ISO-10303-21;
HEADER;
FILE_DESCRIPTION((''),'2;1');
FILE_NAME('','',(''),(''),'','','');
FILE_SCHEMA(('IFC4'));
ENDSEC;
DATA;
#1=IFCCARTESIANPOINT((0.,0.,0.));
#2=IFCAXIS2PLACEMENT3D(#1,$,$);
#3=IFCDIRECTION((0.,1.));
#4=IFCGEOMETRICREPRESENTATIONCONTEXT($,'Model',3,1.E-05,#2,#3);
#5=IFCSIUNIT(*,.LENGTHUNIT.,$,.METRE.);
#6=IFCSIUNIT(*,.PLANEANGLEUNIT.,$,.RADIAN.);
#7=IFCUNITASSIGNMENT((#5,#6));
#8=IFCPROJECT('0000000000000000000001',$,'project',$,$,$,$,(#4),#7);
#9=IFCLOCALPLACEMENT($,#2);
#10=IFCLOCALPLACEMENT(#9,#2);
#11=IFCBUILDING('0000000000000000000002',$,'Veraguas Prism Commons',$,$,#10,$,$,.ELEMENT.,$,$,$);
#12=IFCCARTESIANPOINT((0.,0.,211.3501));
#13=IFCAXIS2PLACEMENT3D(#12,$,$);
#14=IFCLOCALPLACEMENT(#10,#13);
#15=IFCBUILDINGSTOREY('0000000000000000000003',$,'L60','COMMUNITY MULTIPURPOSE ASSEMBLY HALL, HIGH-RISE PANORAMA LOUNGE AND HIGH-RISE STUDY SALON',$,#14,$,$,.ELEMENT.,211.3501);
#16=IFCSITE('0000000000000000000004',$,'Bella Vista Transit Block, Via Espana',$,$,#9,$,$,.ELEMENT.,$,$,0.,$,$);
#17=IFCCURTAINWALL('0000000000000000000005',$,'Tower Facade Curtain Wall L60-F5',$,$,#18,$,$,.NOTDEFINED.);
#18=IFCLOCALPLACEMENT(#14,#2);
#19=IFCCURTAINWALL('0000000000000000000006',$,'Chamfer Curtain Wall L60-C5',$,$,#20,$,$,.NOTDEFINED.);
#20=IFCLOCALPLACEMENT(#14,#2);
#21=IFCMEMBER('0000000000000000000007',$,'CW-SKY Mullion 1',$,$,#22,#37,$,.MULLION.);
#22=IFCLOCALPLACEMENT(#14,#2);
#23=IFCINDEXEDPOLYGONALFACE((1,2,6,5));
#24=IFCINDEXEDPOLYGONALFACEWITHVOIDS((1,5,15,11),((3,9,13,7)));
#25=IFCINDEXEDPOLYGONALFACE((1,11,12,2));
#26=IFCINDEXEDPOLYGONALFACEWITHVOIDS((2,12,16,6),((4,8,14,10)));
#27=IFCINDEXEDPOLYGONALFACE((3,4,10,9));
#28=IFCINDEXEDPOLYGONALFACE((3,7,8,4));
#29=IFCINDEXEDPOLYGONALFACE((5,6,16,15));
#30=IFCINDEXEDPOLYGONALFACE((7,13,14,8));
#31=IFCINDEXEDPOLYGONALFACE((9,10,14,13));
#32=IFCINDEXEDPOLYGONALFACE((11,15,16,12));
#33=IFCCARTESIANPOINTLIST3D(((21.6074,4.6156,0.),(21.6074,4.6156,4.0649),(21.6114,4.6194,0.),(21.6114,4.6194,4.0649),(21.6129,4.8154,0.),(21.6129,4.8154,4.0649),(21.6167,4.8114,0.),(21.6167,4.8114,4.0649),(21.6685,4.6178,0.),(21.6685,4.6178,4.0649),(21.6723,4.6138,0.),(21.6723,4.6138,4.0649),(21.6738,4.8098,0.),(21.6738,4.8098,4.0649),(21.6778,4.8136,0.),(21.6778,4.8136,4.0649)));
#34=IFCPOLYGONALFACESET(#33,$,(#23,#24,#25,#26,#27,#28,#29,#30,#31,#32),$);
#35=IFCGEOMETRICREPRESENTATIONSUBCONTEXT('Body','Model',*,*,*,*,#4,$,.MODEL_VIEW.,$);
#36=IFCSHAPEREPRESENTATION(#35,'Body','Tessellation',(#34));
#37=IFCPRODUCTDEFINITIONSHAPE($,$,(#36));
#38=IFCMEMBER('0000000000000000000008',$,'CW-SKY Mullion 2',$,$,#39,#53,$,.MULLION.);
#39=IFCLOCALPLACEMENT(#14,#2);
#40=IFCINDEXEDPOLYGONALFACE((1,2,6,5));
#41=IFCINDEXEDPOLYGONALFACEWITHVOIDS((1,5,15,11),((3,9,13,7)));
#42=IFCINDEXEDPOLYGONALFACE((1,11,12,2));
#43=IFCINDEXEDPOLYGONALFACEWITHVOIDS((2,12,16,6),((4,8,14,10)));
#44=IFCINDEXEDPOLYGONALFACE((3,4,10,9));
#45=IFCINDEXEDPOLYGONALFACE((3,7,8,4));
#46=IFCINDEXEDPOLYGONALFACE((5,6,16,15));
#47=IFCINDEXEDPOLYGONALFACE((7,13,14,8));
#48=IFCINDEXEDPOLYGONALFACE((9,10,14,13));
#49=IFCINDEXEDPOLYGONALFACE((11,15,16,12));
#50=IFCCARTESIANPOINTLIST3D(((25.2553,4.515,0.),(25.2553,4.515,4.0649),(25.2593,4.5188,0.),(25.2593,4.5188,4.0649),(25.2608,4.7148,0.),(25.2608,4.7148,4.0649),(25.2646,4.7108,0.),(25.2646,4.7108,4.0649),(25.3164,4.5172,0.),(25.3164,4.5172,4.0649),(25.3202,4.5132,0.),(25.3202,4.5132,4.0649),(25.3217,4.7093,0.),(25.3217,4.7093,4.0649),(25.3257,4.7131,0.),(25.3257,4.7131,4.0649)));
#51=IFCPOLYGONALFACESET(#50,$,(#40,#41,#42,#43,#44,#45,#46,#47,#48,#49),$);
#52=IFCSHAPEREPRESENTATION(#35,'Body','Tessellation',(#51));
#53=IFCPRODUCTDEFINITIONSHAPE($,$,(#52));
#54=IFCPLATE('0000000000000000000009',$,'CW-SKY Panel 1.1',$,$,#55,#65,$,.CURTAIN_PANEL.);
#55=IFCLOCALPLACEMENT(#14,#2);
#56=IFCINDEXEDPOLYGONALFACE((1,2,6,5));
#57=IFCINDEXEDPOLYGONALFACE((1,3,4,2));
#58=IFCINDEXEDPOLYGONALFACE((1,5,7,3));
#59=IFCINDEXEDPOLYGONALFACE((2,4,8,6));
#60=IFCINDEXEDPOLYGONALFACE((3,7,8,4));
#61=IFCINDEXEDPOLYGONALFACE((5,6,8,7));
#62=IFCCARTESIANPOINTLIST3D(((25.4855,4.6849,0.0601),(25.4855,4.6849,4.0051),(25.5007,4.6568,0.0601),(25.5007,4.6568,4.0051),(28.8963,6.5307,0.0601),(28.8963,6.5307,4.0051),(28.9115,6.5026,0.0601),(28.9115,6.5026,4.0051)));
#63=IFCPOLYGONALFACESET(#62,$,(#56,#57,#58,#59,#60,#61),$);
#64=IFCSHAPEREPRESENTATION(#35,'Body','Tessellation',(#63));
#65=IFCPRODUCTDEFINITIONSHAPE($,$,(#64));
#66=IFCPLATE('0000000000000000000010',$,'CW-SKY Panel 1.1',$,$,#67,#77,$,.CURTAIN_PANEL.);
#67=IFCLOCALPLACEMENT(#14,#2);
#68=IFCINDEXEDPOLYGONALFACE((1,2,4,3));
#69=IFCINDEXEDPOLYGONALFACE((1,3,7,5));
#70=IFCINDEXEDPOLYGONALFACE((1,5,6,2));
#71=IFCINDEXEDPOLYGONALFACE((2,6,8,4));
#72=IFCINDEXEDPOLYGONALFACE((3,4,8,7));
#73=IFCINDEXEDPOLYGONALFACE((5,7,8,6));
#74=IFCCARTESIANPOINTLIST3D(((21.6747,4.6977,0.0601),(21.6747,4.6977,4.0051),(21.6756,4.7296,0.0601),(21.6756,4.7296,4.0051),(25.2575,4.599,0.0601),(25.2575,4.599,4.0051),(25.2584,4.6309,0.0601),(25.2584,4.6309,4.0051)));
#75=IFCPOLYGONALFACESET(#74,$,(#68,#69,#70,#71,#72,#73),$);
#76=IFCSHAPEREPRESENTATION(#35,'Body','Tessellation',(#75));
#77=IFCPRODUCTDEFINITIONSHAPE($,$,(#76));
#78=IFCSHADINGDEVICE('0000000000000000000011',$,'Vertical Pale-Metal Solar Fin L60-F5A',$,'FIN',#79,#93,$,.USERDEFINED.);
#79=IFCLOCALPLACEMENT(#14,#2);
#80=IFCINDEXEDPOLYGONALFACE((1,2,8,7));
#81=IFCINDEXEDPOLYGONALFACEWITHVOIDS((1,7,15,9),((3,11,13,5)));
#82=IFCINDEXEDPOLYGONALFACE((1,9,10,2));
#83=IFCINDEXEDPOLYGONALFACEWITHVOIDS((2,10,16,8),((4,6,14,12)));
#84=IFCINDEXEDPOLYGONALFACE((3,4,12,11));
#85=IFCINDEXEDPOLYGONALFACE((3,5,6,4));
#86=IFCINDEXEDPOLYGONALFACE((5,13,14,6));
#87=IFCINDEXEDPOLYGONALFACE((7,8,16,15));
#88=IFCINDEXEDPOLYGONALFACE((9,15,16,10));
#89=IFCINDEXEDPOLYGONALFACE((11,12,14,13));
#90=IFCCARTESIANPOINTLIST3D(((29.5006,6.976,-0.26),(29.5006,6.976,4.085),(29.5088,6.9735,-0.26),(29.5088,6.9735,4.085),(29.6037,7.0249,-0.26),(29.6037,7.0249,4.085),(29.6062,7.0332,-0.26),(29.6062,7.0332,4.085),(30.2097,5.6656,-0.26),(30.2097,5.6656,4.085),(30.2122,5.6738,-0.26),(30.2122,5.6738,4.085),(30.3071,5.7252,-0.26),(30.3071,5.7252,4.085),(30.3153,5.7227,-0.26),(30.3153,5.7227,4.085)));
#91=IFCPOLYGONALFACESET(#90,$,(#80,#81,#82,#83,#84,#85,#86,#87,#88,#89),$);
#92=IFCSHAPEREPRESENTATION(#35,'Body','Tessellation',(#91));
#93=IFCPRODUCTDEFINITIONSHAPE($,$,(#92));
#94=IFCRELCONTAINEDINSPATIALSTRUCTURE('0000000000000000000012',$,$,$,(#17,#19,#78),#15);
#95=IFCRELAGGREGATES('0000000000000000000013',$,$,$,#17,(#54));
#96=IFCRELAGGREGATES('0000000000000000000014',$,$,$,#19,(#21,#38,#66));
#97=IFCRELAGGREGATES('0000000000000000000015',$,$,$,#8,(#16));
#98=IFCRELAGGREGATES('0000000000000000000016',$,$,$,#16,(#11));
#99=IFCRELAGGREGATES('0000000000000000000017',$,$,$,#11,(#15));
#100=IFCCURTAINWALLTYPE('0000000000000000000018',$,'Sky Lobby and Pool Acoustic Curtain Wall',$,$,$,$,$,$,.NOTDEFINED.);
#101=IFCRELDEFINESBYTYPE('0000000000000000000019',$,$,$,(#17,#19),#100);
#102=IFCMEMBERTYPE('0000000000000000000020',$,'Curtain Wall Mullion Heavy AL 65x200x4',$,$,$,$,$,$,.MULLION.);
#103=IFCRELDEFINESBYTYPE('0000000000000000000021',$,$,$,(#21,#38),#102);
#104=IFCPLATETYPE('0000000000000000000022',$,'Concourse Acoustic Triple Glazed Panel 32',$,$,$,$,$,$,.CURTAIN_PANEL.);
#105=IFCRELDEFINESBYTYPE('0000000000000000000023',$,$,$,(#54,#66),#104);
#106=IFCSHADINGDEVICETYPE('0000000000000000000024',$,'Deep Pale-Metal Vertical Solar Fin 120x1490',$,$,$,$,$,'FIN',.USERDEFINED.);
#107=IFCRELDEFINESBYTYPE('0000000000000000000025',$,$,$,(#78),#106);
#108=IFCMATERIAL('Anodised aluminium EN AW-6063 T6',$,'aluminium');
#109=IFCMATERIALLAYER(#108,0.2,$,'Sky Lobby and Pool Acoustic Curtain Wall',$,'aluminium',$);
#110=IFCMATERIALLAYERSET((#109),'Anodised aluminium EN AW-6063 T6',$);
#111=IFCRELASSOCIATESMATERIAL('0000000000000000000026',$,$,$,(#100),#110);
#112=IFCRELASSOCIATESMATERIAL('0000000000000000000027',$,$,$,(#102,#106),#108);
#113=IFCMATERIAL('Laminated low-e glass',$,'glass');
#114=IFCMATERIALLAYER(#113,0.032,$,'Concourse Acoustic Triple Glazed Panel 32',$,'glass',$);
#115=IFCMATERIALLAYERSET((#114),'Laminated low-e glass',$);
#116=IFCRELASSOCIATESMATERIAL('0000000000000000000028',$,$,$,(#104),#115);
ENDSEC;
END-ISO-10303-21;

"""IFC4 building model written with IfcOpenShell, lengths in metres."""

from ifc_helpers import new_model, si_unit, direction, frame, origin, origin_2d, place, context, subcontext, project, spatial, rectangle, hollow_rectangle, extrude, source, transform, mapped, material, layer, layer_set, material_profile, profile_set, type_object, element, aggregate, save


model = new_model("IFC4")

# Units and contexts
model_context = context("Model", 3, precision=1e-05, world=origin(), true_north=direction((0.0, 1.0)))
body_context = subcontext(model_context, "Body", "Model", "MODEL_VIEW")
ifc_project = project(units=[si_unit("LENGTHUNIT", "METRE"), si_unit("PLANEANGLEUNIT", "RADIAN")], contexts=[model_context])

# Site, building, storey
site_placement = place(None, origin())
site = spatial("IfcSite", under=ifc_project, at=site_placement, Name="Bella Vista Transit Block, Via Espana", CompositionType="ELEMENT", RefElevation=0.0)
building_placement = place(site_placement, origin())
building = spatial("IfcBuilding", under=site, at=building_placement, Name="Veraguas Prism Commons", CompositionType="ELEMENT")
storey_placement = place(building_placement, frame((0.0, 0.0, 211.3501)))
storey = spatial("IfcBuildingStorey", under=building, at=storey_placement, Name="L60", Description="COMMUNITY MULTIPURPOSE ASSEMBLY HALL, HIGH-RISE PANORAMA LOUNGE AND HIGH-RISE STUDY SALON", CompositionType="ELEMENT", Elevation=211.3501)

# Curtain walls
ifc_material_1 = material(Name="Anodised aluminium EN AW-6063 T6", Category="aluminium")
ifc_layer_1 = layer(ifc_material_1, 0.2, Name="Sky Lobby and Pool Acoustic Curtain Wall", Category="aluminium")
ifc_layer_set_1 = layer_set([ifc_layer_1], Name="Anodised aluminium EN AW-6063 T6")
curtain_wall_type = type_object("IfcCurtainWallType", Name="Sky Lobby and Pool Acoustic Curtain Wall", PredefinedType="NOTDEFINED", material=ifc_layer_set_1)
curtain_wall_1_placement = place(storey_placement, origin())
curtain_wall_1 = element("IfcCurtainWall", 1, at=curtain_wall_1_placement, inside=storey, type_object=curtain_wall_type, Name="Tower Facade Curtain Wall L60-F5", PredefinedType="NOTDEFINED")
curtain_wall_2_placement = place(storey_placement, origin())
curtain_wall_2 = element("IfcCurtainWall", 2, at=curtain_wall_2_placement, inside=storey, type_object=curtain_wall_type, Name="Chamfer Curtain Wall L60-C5", PredefinedType="NOTDEFINED")

# Shared definitions
ifc_material_profile_1 = material_profile(ifc_material_1, hollow_rectangle(XDim=0.0649, YDim=0.2, WallThickness=0.0039, at=origin_2d()), Name="AL65X200X4")
ifc_profile_set_1 = profile_set([ifc_material_profile_1], Name="Anodised aluminium EN AW-6063 T6")
member_type_1 = type_object("IfcMemberType", Name="Curtain Wall Mullion Heavy AL 65x200x4", PredefinedType="MULLION", material=ifc_profile_set_1)
shared_shape_1 = source(origin(), body_context, "Body", "SweptSolid", [
    extrude(hollow_rectangle(XDim=0.0649, YDim=0.2, WallThickness=0.0039, at=origin_2d()), origin(), (0.0, 0.0, 1.0), 4.0649),
])

# Members
member_1_placement = place(storey_placement, frame((21.6426, 4.7146, 0.0), z_axis=(0.0, 0.0, 1.0), x_axis=(0.999621, -0.027541, 0.0)))
member_1 = element("IfcMember", 3, at=member_1_placement, type_object=member_type_1, Name="CW-SKY Mullion 1", PredefinedType="MULLION", context=body_context, shape_type="MappedRepresentation", body=[
    mapped(shared_shape_1, transform((0.0, 0.0, 0.0), scale=1.0)),
])
member_2_placement = place(storey_placement, frame((25.2905, 4.614, 0.0), z_axis=(0.0, 0.0, 1.0), x_axis=(0.999621, -0.027541, 0.0)))
member_2 = element("IfcMember", 4, at=member_2_placement, type_object=member_type_1, Name="CW-SKY Mullion 2", PredefinedType="MULLION", context=body_context, shape_type="MappedRepresentation", body=[
    mapped(shared_shape_1, transform((0.0, 0.0, 0.0), scale=1.0)),
])

# Plates
ifc_material_2 = material(Name="Laminated low-e glass", Category="glass")
ifc_layer_2 = layer(ifc_material_2, 0.032, Name="Concourse Acoustic Triple Glazed Panel 32", Category="glass")
ifc_layer_set_2 = layer_set([ifc_layer_2], Name="Laminated low-e glass")
plate_type = type_object("IfcPlateType", Name="Concourse Acoustic Triple Glazed Panel 32", PredefinedType="CURTAIN_PANEL", material=ifc_layer_set_2)
shared_shape_2 = source(origin(), body_context, "Body", "SweptSolid", [
    extrude(rectangle(XDim=3.8782, YDim=0.032, at=origin_2d()), origin(), (0.0, 0.0, 1.0), 3.9451),
])
plate_1_placement = place(storey_placement, frame((27.1985, 5.5938, 0.0601), z_axis=(0.0, 0.0, 1.0), x_axis=(0.879484, 0.475928, 0.0)))
plate_1 = element("IfcPlate", 5, at=plate_1_placement, type_object=plate_type, Name="CW-SKY Panel 1.1", PredefinedType="CURTAIN_PANEL", context=body_context, shape_type="MappedRepresentation", body=[
    mapped(shared_shape_2, transform((0.0, 0.0, 0.0), scale=1.0)),
])
aggregate(curtain_wall_1, [plate_1])
shared_shape_3 = source(origin(), body_context, "Body", "SweptSolid", [
    extrude(rectangle(XDim=3.5842, YDim=0.032, at=origin_2d()), origin(), (0.0, 0.0, 1.0), 3.9451),
])
plate_2_placement = place(storey_placement, frame((23.4666, 4.6643, 0.0601), z_axis=(0.0, 0.0, 1.0), x_axis=(0.999621, -0.027541, 0.0)))
plate_2 = element("IfcPlate", 6, at=plate_2_placement, type_object=plate_type, Name="CW-SKY Panel 1.1", PredefinedType="CURTAIN_PANEL", context=body_context, shape_type="MappedRepresentation", body=[
    mapped(shared_shape_3, transform((0.0, 0.0, 0.0), scale=1.0)),
])
aggregate(curtain_wall_2, [member_1, member_2, plate_2])

# Shading device
ifc_material_profile_2 = material_profile(ifc_material_1, hollow_rectangle(XDim=0.1201, YDim=1.49, WallThickness=0.0061, at=origin_2d()), Name="FIN120X1490X6")
ifc_profile_set_2 = profile_set([ifc_material_profile_2], Name="Anodised aluminium EN AW-6063 T6")
shading_device_type = type_object("IfcShadingDeviceType", Name="Deep Pale-Metal Vertical Solar Fin 120x1490", ElementType="FIN", PredefinedType="USERDEFINED", material=ifc_profile_set_2)
shading_device_placement = place(storey_placement, frame((29.908, 6.3494, -0.26), z_axis=(0.0, 0.0, 1.0), x_axis=(0.879482, 0.475931, 0.0)))
element("IfcShadingDevice", 7, at=shading_device_placement, inside=storey, type_object=shading_device_type, Name="Vertical Pale-Metal Solar Fin L60-F5A", ObjectType="FIN", PredefinedType="USERDEFINED", context=body_context, shape_type="SweptSolid", body=[
    extrude(hollow_rectangle(XDim=0.1201, YDim=1.49, WallThickness=0.0061, at=origin_2d()), origin(), (0.0, 0.0, 1.0), 4.345),
])

save(model, "model.ifc")
